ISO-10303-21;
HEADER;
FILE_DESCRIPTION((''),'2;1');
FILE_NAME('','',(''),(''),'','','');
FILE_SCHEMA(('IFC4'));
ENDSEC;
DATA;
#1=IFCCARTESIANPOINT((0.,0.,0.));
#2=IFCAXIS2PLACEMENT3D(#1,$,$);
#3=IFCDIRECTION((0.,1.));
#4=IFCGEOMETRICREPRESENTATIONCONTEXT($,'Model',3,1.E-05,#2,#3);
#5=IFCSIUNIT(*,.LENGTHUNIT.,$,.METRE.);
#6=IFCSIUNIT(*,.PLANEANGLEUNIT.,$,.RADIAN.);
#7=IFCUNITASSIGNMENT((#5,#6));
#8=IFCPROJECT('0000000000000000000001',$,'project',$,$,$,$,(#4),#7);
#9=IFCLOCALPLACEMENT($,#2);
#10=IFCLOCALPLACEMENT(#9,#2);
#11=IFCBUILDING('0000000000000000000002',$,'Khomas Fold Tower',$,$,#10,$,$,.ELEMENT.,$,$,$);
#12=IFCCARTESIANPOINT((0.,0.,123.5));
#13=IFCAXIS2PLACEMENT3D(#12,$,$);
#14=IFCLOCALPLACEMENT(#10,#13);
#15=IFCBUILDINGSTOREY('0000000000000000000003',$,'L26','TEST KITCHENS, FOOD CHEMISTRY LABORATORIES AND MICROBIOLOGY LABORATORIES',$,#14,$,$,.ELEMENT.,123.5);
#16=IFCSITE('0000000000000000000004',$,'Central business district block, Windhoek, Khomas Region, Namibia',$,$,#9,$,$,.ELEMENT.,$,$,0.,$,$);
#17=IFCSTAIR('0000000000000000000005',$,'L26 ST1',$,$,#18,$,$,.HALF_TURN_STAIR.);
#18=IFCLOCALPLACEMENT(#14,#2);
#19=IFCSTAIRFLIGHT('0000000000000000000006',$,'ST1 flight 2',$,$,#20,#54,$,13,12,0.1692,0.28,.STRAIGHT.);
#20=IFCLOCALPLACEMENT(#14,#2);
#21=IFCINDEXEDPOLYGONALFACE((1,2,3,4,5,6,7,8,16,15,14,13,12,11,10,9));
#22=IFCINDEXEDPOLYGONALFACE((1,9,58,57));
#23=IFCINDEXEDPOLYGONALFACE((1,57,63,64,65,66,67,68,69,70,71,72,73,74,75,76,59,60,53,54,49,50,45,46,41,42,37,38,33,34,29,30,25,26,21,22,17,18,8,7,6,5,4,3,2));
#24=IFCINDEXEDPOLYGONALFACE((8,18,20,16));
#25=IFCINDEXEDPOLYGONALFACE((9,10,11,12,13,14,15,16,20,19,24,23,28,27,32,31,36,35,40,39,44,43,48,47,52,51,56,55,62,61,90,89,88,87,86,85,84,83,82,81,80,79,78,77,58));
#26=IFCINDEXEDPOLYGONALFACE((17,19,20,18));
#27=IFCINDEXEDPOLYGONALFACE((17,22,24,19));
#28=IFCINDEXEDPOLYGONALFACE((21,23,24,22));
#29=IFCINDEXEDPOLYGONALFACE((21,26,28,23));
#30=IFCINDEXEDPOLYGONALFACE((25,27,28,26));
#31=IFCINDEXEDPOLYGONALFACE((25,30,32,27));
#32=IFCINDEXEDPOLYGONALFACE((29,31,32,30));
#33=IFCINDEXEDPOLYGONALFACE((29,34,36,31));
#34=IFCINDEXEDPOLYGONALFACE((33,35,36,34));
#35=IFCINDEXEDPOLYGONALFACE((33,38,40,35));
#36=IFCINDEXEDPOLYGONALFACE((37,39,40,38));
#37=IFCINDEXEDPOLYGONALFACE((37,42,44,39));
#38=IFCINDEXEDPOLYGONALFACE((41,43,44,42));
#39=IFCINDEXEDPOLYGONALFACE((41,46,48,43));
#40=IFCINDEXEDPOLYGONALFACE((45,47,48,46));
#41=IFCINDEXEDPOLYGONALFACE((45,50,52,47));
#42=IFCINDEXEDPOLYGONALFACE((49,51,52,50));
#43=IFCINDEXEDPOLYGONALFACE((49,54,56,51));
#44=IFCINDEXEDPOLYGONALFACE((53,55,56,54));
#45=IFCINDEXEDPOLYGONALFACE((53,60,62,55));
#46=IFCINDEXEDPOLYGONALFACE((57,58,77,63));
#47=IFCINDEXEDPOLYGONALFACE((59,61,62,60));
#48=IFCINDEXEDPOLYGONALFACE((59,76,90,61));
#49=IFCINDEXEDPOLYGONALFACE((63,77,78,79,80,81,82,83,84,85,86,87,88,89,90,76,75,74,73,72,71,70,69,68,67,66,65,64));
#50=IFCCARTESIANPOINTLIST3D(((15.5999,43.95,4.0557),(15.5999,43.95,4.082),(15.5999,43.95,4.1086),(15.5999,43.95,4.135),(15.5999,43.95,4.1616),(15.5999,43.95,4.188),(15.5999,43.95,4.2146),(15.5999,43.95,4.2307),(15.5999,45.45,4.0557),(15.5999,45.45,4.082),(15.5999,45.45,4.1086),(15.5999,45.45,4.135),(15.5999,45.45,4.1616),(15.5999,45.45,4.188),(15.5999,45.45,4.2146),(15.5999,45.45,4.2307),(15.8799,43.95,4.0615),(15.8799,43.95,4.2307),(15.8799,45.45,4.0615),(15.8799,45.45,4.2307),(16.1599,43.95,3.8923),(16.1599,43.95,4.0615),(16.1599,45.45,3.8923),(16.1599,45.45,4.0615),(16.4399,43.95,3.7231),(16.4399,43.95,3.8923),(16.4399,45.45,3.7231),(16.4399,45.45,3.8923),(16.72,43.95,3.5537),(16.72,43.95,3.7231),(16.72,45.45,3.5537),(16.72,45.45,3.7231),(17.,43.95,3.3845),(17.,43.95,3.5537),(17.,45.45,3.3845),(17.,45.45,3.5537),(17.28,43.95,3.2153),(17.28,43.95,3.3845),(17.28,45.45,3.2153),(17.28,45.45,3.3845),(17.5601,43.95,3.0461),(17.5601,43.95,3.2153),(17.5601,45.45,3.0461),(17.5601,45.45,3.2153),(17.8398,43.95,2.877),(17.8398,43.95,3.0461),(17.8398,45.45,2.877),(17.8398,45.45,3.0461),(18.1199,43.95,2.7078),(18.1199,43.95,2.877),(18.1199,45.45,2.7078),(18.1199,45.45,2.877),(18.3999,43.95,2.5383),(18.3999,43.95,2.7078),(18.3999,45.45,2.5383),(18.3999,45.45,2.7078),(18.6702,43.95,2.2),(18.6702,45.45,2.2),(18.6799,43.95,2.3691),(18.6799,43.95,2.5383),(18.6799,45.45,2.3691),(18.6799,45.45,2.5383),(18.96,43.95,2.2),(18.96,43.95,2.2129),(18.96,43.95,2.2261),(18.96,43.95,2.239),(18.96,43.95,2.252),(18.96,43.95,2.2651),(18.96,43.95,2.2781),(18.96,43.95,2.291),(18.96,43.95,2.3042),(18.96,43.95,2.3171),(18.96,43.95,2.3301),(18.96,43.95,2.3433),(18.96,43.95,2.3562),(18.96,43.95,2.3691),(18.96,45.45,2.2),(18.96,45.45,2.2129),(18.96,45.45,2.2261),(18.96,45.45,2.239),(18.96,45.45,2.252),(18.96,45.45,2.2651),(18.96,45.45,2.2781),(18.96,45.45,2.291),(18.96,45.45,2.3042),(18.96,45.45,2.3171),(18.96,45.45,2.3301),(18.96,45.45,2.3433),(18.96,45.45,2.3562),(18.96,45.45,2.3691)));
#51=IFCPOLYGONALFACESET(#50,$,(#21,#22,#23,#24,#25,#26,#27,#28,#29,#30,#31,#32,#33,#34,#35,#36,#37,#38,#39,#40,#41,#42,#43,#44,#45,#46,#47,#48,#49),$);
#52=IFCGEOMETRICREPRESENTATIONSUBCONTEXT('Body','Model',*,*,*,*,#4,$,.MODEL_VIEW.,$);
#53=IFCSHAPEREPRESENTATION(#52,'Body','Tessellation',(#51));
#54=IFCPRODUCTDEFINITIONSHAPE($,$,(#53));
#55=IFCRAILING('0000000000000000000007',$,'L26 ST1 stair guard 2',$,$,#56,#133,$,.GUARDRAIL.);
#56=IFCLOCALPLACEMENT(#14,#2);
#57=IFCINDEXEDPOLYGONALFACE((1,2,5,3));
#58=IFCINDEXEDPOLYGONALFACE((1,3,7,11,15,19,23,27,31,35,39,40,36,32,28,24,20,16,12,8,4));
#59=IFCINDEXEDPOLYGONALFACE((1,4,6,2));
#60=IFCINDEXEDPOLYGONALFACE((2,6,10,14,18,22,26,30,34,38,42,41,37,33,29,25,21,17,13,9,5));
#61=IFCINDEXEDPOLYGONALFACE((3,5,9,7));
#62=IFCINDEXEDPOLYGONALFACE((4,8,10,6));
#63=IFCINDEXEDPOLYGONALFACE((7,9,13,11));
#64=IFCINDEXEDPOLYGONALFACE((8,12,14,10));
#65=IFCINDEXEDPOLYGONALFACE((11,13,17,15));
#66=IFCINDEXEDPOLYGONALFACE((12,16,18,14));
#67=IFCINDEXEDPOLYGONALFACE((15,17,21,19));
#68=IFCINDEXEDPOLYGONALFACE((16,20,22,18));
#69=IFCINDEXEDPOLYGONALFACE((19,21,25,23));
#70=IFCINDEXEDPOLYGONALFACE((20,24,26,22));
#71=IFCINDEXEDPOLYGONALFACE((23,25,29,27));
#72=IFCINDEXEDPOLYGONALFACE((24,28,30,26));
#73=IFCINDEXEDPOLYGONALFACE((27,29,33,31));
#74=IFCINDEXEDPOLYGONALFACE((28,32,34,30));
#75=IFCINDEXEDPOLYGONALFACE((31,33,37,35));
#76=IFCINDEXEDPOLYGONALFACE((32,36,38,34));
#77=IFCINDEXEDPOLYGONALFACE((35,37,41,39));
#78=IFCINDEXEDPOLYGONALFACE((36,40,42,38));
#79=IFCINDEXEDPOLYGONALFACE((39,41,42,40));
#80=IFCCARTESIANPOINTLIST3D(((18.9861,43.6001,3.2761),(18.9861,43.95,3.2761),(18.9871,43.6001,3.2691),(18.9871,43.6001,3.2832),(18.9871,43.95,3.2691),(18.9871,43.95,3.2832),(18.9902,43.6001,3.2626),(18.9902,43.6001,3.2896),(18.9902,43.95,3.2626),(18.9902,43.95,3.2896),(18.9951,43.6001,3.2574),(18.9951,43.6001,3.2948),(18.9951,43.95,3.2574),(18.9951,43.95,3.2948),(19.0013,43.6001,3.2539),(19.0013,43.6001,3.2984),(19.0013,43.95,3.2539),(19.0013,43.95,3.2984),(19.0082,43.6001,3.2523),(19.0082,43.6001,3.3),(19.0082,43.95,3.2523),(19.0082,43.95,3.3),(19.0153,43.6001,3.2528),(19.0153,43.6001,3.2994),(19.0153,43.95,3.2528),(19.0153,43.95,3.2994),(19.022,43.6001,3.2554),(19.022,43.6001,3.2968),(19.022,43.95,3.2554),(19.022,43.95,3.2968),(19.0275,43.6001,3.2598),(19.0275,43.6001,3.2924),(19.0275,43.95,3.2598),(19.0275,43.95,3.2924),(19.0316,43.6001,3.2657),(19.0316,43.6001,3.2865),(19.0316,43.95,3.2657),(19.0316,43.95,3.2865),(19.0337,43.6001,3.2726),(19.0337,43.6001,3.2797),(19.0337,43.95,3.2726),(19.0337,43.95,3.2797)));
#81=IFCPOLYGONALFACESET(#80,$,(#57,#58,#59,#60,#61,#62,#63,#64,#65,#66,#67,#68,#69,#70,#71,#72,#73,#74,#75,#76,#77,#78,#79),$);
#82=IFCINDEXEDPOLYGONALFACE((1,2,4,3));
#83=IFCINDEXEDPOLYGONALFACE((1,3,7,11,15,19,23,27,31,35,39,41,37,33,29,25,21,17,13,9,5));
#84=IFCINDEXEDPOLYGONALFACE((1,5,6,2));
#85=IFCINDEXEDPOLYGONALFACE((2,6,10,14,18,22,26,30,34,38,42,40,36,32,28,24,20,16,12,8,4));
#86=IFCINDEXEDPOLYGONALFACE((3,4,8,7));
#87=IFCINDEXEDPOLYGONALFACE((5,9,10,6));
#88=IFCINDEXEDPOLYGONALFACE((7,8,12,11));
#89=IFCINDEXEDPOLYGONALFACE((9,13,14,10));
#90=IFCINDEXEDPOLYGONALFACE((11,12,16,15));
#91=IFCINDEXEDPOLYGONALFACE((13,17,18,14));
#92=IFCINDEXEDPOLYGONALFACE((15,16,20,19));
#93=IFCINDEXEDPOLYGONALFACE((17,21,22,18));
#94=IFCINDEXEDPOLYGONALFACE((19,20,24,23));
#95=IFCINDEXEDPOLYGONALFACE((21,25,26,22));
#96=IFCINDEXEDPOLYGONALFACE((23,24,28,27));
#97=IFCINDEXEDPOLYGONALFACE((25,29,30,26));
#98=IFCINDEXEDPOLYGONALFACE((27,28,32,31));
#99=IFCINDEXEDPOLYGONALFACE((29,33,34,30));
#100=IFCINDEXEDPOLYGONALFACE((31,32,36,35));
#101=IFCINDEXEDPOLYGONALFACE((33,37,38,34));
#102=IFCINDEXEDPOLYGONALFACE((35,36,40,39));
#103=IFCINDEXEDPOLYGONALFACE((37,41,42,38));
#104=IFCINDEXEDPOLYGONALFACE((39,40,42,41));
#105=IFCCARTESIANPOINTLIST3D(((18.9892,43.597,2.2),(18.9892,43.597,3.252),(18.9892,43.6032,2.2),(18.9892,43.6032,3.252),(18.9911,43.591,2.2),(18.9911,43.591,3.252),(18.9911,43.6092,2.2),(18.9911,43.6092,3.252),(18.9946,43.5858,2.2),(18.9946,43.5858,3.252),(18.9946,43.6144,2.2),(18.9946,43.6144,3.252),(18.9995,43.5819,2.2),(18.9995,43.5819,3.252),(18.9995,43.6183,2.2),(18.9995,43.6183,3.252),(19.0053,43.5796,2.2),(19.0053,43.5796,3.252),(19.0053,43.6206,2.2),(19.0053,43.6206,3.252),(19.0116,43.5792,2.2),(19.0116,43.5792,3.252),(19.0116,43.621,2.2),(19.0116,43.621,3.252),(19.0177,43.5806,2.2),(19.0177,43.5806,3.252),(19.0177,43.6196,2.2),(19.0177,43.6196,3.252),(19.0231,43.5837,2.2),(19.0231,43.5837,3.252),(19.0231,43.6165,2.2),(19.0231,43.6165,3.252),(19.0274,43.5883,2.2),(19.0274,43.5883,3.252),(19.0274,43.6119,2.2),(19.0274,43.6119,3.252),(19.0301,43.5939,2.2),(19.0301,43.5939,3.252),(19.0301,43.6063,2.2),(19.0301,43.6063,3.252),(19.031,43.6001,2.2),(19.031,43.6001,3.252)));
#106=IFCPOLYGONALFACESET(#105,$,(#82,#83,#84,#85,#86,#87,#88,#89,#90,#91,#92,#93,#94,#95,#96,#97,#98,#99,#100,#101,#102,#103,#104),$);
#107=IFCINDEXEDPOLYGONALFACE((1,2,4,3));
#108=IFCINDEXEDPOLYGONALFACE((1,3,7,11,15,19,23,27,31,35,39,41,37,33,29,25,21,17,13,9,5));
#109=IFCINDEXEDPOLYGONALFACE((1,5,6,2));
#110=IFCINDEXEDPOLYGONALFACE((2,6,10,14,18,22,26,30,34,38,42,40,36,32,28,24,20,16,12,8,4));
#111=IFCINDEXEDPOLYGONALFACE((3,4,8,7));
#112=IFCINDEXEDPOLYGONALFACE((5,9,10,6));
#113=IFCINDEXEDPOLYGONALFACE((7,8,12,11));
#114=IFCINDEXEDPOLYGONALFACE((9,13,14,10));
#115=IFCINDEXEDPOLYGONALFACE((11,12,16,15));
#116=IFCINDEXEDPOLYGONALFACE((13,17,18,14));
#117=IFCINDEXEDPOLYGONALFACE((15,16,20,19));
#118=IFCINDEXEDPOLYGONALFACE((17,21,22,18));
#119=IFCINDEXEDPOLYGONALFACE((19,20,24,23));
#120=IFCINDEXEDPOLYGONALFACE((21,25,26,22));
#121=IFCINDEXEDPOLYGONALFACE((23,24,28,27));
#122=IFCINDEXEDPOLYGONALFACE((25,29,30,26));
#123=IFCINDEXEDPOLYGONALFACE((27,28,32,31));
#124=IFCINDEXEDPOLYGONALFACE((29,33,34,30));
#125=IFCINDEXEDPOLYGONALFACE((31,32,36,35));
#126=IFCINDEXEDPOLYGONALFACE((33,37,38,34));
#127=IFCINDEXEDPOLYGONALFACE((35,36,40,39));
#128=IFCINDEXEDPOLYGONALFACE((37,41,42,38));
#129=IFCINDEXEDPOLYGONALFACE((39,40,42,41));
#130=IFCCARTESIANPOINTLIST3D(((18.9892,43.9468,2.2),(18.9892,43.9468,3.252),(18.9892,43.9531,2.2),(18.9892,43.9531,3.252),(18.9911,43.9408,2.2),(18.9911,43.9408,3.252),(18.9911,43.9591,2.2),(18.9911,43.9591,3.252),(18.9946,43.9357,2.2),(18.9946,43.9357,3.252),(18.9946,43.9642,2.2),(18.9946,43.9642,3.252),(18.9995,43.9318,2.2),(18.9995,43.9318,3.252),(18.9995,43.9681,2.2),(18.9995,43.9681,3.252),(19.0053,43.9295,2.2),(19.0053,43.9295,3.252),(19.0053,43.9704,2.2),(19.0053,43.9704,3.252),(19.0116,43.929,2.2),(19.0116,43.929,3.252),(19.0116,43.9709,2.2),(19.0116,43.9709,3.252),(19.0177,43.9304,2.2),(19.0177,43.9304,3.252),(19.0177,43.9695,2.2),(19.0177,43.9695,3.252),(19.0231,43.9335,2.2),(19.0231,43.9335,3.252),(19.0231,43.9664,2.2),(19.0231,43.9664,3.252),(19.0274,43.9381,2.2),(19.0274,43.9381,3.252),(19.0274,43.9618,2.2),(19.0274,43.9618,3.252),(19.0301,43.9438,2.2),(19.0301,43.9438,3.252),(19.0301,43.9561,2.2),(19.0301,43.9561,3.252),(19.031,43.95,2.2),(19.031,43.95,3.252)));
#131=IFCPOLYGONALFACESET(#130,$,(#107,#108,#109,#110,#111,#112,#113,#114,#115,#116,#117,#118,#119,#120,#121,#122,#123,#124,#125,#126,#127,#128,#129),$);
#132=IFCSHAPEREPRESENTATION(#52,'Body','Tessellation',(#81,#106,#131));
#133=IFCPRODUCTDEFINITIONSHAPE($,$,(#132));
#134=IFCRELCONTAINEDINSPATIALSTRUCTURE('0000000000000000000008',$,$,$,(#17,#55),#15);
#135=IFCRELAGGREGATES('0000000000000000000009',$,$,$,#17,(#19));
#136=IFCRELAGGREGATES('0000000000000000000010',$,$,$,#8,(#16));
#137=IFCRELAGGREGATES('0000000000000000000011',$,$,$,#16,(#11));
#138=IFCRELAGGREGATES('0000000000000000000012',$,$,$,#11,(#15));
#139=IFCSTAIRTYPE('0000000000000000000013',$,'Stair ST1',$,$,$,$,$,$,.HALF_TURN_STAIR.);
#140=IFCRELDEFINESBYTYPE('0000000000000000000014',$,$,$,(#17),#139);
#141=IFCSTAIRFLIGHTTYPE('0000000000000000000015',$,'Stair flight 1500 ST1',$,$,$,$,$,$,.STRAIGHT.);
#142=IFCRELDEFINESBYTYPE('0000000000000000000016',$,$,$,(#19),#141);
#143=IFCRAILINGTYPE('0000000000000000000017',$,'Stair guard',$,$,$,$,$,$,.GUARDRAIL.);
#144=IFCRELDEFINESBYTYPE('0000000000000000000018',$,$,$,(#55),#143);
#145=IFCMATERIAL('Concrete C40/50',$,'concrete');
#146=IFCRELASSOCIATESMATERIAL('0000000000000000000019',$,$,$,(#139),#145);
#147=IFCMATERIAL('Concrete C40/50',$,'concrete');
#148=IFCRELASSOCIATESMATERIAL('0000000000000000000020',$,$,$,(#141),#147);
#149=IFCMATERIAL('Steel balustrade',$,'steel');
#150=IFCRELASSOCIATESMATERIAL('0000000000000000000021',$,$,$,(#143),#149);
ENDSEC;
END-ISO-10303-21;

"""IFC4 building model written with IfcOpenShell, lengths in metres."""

from ifc_helpers import new_model, si_unit, direction, frame, origin, origin_2d, place, context, subcontext, project, spatial, polyline, circle, outline, extrude, source, transform, mapped, material, type_object, element, aggregate, save


model = new_model("IFC4")

# Units and contexts
model_context = context("Model", 3, precision=1e-05, world=origin(), true_north=direction((0.0, 1.0)))
body_context = subcontext(model_context, "Body", "Model", "MODEL_VIEW")
ifc_project = project(units=[si_unit("LENGTHUNIT", "METRE"), si_unit("PLANEANGLEUNIT", "RADIAN")], contexts=[model_context])

# Site, building, storey
site_placement = place(None, origin())
site = spatial("IfcSite", under=ifc_project, at=site_placement, Name="Central business district block, Windhoek, Khomas Region, Namibia", CompositionType="ELEMENT", RefElevation=0.0)
building_placement = place(site_placement, origin())
building = spatial("IfcBuilding", under=site, at=building_placement, Name="Khomas Fold Tower", CompositionType="ELEMENT")
storey_placement = place(building_placement, frame((0.0, 0.0, 123.5)))
storey = spatial("IfcBuildingStorey", under=building, at=storey_placement, Name="L26", Description="TEST KITCHENS, FOOD CHEMISTRY LABORATORIES AND MICROBIOLOGY LABORATORIES", CompositionType="ELEMENT", Elevation=123.5)

# Stair, stair flight
ifc_material_1 = material(Name="Concrete C40/50", Category="concrete")
stair_type = type_object("IfcStairType", Name="Stair ST1", PredefinedType="HALF_TURN_STAIR", material=ifc_material_1)
stair_placement = place(storey_placement, origin())
stair = element("IfcStair", 1, at=stair_placement, inside=storey, type_object=stair_type, Name="L26 ST1", PredefinedType="HALF_TURN_STAIR")
ifc_material_2 = material(Name="Concrete C40/50", Category="concrete")
stair_flight_type = type_object("IfcStairFlightType", Name="Stair flight 1500 ST1", PredefinedType="STRAIGHT", material=ifc_material_2)
shared_shape_1 = source(origin(), body_context, "Body", "SweptSolid", [
    extrude(outline(polyline([(0.0, 0.0), (0.0, 0.0129), (0.0, 0.0261), (0.0, 0.0391), (0.0, 0.052), (0.0, 0.0652), (0.0, 0.0781), (0.0, 0.0911), (0.0, 0.1042), (0.0, 0.1172), (0.0, 0.1301), (0.0, 0.1433), (0.0, 0.1562), (0.0, 0.1692), (0.28, 0.1692), (0.28, 0.3384), (0.5601, 0.3384), (0.5601, 0.5078), (0.8401, 0.5078), (0.8401, 0.677), (1.1201, 0.677), (1.1201, 0.8462), (1.3999, 0.8462), (1.3999, 1.0154), (1.6799, 1.0154), (1.6799, 1.1846), (1.96, 1.1846), (1.96, 1.3538), (2.24, 1.3538), (2.24, 1.5232), (2.52, 1.5232), (2.52, 1.6924), (2.8, 1.6924), (2.8, 1.8616), (3.0801, 1.8616), (3.0801, 2.0308), (3.3601, 2.0308), (3.3601, 2.2), (3.3601, 2.1736), (3.3601, 2.147), (3.3601, 2.1206), (3.3601, 2.094), (3.3601, 2.0676), (3.3601, 2.041), (3.3601, 2.0146), (3.3601, 1.988), (3.3601, 1.9617), (3.3601, 1.9351), (3.3601, 1.9087), (3.3601, 1.8821), (3.3601, 1.8557), (0.2898, 0.0), (0.0, 0.0)])), frame((0.0, 0.75, 0.0), z_axis=(0.0, -1.0, 0.0), x_axis=(1.0, 0.0, 0.0)), (0.0, 0.0, 1.0), 1.5),
])
stair_flight_1_placement = place(storey_placement, frame((18.96, 44.7, 2.2), z_axis=(0.0, 0.0, 1.0), x_axis=(-1.0, 0.0, 0.0)))
stair_flight_1 = element("IfcStairFlight", 2, at=stair_flight_1_placement, type_object=stair_flight_type, Name="ST1 flight 2", NumberOfRisers=13, NumberOfTreads=12, PredefinedType="STRAIGHT", RiserHeight=0.1692, TreadLength=0.28, context=body_context, shape_type="MappedRepresentation", body=[
    mapped(shared_shape_1, transform((0.0, 0.0, 0.0))),
])
aggregate(stair, [stair_flight_1])

# Railing
ifc_material_3 = material(Name="Steel balustrade", Category="steel")
railing_type_1 = type_object("IfcRailingType", Name="Stair guard", PredefinedType="GUARDRAIL", material=ifc_material_3)
shared_shape_2 = source(origin(), body_context, "Body", "SweptSolid", [
    extrude(circle(Radius=0.0239, at=origin_2d()), frame((0.0, 0.0, 1.0762), z_axis=(0.0, 1.0, 0.0), x_axis=(-1.0, 0.0, 0.0)), (0.0, 0.0, 1.0), 0.3499),
    extrude(circle(Radius=0.021, at=origin_2d()), origin(), (0.0, 0.0, 1.0), 1.052),
    extrude(circle(Radius=0.021, at=origin_2d()), frame((0.0, 0.3499, 0.0)), (0.0, 0.0, 1.0), 1.052),
])
for number, where, name in (
    (3, (19.01, 43.6001, 2.2), "L26 ST1 stair guard 2"),
):
    element("IfcRailing", number, at=place(storey_placement, frame(where)), inside=storey, type_object=railing_type_1, Name=name, PredefinedType="GUARDRAIL", context=body_context, shape_type="MappedRepresentation", body=[
        mapped(shared_shape_2, transform((0.0, 0.0, 0.0))),
    ])

save(model, "model.ifc")
